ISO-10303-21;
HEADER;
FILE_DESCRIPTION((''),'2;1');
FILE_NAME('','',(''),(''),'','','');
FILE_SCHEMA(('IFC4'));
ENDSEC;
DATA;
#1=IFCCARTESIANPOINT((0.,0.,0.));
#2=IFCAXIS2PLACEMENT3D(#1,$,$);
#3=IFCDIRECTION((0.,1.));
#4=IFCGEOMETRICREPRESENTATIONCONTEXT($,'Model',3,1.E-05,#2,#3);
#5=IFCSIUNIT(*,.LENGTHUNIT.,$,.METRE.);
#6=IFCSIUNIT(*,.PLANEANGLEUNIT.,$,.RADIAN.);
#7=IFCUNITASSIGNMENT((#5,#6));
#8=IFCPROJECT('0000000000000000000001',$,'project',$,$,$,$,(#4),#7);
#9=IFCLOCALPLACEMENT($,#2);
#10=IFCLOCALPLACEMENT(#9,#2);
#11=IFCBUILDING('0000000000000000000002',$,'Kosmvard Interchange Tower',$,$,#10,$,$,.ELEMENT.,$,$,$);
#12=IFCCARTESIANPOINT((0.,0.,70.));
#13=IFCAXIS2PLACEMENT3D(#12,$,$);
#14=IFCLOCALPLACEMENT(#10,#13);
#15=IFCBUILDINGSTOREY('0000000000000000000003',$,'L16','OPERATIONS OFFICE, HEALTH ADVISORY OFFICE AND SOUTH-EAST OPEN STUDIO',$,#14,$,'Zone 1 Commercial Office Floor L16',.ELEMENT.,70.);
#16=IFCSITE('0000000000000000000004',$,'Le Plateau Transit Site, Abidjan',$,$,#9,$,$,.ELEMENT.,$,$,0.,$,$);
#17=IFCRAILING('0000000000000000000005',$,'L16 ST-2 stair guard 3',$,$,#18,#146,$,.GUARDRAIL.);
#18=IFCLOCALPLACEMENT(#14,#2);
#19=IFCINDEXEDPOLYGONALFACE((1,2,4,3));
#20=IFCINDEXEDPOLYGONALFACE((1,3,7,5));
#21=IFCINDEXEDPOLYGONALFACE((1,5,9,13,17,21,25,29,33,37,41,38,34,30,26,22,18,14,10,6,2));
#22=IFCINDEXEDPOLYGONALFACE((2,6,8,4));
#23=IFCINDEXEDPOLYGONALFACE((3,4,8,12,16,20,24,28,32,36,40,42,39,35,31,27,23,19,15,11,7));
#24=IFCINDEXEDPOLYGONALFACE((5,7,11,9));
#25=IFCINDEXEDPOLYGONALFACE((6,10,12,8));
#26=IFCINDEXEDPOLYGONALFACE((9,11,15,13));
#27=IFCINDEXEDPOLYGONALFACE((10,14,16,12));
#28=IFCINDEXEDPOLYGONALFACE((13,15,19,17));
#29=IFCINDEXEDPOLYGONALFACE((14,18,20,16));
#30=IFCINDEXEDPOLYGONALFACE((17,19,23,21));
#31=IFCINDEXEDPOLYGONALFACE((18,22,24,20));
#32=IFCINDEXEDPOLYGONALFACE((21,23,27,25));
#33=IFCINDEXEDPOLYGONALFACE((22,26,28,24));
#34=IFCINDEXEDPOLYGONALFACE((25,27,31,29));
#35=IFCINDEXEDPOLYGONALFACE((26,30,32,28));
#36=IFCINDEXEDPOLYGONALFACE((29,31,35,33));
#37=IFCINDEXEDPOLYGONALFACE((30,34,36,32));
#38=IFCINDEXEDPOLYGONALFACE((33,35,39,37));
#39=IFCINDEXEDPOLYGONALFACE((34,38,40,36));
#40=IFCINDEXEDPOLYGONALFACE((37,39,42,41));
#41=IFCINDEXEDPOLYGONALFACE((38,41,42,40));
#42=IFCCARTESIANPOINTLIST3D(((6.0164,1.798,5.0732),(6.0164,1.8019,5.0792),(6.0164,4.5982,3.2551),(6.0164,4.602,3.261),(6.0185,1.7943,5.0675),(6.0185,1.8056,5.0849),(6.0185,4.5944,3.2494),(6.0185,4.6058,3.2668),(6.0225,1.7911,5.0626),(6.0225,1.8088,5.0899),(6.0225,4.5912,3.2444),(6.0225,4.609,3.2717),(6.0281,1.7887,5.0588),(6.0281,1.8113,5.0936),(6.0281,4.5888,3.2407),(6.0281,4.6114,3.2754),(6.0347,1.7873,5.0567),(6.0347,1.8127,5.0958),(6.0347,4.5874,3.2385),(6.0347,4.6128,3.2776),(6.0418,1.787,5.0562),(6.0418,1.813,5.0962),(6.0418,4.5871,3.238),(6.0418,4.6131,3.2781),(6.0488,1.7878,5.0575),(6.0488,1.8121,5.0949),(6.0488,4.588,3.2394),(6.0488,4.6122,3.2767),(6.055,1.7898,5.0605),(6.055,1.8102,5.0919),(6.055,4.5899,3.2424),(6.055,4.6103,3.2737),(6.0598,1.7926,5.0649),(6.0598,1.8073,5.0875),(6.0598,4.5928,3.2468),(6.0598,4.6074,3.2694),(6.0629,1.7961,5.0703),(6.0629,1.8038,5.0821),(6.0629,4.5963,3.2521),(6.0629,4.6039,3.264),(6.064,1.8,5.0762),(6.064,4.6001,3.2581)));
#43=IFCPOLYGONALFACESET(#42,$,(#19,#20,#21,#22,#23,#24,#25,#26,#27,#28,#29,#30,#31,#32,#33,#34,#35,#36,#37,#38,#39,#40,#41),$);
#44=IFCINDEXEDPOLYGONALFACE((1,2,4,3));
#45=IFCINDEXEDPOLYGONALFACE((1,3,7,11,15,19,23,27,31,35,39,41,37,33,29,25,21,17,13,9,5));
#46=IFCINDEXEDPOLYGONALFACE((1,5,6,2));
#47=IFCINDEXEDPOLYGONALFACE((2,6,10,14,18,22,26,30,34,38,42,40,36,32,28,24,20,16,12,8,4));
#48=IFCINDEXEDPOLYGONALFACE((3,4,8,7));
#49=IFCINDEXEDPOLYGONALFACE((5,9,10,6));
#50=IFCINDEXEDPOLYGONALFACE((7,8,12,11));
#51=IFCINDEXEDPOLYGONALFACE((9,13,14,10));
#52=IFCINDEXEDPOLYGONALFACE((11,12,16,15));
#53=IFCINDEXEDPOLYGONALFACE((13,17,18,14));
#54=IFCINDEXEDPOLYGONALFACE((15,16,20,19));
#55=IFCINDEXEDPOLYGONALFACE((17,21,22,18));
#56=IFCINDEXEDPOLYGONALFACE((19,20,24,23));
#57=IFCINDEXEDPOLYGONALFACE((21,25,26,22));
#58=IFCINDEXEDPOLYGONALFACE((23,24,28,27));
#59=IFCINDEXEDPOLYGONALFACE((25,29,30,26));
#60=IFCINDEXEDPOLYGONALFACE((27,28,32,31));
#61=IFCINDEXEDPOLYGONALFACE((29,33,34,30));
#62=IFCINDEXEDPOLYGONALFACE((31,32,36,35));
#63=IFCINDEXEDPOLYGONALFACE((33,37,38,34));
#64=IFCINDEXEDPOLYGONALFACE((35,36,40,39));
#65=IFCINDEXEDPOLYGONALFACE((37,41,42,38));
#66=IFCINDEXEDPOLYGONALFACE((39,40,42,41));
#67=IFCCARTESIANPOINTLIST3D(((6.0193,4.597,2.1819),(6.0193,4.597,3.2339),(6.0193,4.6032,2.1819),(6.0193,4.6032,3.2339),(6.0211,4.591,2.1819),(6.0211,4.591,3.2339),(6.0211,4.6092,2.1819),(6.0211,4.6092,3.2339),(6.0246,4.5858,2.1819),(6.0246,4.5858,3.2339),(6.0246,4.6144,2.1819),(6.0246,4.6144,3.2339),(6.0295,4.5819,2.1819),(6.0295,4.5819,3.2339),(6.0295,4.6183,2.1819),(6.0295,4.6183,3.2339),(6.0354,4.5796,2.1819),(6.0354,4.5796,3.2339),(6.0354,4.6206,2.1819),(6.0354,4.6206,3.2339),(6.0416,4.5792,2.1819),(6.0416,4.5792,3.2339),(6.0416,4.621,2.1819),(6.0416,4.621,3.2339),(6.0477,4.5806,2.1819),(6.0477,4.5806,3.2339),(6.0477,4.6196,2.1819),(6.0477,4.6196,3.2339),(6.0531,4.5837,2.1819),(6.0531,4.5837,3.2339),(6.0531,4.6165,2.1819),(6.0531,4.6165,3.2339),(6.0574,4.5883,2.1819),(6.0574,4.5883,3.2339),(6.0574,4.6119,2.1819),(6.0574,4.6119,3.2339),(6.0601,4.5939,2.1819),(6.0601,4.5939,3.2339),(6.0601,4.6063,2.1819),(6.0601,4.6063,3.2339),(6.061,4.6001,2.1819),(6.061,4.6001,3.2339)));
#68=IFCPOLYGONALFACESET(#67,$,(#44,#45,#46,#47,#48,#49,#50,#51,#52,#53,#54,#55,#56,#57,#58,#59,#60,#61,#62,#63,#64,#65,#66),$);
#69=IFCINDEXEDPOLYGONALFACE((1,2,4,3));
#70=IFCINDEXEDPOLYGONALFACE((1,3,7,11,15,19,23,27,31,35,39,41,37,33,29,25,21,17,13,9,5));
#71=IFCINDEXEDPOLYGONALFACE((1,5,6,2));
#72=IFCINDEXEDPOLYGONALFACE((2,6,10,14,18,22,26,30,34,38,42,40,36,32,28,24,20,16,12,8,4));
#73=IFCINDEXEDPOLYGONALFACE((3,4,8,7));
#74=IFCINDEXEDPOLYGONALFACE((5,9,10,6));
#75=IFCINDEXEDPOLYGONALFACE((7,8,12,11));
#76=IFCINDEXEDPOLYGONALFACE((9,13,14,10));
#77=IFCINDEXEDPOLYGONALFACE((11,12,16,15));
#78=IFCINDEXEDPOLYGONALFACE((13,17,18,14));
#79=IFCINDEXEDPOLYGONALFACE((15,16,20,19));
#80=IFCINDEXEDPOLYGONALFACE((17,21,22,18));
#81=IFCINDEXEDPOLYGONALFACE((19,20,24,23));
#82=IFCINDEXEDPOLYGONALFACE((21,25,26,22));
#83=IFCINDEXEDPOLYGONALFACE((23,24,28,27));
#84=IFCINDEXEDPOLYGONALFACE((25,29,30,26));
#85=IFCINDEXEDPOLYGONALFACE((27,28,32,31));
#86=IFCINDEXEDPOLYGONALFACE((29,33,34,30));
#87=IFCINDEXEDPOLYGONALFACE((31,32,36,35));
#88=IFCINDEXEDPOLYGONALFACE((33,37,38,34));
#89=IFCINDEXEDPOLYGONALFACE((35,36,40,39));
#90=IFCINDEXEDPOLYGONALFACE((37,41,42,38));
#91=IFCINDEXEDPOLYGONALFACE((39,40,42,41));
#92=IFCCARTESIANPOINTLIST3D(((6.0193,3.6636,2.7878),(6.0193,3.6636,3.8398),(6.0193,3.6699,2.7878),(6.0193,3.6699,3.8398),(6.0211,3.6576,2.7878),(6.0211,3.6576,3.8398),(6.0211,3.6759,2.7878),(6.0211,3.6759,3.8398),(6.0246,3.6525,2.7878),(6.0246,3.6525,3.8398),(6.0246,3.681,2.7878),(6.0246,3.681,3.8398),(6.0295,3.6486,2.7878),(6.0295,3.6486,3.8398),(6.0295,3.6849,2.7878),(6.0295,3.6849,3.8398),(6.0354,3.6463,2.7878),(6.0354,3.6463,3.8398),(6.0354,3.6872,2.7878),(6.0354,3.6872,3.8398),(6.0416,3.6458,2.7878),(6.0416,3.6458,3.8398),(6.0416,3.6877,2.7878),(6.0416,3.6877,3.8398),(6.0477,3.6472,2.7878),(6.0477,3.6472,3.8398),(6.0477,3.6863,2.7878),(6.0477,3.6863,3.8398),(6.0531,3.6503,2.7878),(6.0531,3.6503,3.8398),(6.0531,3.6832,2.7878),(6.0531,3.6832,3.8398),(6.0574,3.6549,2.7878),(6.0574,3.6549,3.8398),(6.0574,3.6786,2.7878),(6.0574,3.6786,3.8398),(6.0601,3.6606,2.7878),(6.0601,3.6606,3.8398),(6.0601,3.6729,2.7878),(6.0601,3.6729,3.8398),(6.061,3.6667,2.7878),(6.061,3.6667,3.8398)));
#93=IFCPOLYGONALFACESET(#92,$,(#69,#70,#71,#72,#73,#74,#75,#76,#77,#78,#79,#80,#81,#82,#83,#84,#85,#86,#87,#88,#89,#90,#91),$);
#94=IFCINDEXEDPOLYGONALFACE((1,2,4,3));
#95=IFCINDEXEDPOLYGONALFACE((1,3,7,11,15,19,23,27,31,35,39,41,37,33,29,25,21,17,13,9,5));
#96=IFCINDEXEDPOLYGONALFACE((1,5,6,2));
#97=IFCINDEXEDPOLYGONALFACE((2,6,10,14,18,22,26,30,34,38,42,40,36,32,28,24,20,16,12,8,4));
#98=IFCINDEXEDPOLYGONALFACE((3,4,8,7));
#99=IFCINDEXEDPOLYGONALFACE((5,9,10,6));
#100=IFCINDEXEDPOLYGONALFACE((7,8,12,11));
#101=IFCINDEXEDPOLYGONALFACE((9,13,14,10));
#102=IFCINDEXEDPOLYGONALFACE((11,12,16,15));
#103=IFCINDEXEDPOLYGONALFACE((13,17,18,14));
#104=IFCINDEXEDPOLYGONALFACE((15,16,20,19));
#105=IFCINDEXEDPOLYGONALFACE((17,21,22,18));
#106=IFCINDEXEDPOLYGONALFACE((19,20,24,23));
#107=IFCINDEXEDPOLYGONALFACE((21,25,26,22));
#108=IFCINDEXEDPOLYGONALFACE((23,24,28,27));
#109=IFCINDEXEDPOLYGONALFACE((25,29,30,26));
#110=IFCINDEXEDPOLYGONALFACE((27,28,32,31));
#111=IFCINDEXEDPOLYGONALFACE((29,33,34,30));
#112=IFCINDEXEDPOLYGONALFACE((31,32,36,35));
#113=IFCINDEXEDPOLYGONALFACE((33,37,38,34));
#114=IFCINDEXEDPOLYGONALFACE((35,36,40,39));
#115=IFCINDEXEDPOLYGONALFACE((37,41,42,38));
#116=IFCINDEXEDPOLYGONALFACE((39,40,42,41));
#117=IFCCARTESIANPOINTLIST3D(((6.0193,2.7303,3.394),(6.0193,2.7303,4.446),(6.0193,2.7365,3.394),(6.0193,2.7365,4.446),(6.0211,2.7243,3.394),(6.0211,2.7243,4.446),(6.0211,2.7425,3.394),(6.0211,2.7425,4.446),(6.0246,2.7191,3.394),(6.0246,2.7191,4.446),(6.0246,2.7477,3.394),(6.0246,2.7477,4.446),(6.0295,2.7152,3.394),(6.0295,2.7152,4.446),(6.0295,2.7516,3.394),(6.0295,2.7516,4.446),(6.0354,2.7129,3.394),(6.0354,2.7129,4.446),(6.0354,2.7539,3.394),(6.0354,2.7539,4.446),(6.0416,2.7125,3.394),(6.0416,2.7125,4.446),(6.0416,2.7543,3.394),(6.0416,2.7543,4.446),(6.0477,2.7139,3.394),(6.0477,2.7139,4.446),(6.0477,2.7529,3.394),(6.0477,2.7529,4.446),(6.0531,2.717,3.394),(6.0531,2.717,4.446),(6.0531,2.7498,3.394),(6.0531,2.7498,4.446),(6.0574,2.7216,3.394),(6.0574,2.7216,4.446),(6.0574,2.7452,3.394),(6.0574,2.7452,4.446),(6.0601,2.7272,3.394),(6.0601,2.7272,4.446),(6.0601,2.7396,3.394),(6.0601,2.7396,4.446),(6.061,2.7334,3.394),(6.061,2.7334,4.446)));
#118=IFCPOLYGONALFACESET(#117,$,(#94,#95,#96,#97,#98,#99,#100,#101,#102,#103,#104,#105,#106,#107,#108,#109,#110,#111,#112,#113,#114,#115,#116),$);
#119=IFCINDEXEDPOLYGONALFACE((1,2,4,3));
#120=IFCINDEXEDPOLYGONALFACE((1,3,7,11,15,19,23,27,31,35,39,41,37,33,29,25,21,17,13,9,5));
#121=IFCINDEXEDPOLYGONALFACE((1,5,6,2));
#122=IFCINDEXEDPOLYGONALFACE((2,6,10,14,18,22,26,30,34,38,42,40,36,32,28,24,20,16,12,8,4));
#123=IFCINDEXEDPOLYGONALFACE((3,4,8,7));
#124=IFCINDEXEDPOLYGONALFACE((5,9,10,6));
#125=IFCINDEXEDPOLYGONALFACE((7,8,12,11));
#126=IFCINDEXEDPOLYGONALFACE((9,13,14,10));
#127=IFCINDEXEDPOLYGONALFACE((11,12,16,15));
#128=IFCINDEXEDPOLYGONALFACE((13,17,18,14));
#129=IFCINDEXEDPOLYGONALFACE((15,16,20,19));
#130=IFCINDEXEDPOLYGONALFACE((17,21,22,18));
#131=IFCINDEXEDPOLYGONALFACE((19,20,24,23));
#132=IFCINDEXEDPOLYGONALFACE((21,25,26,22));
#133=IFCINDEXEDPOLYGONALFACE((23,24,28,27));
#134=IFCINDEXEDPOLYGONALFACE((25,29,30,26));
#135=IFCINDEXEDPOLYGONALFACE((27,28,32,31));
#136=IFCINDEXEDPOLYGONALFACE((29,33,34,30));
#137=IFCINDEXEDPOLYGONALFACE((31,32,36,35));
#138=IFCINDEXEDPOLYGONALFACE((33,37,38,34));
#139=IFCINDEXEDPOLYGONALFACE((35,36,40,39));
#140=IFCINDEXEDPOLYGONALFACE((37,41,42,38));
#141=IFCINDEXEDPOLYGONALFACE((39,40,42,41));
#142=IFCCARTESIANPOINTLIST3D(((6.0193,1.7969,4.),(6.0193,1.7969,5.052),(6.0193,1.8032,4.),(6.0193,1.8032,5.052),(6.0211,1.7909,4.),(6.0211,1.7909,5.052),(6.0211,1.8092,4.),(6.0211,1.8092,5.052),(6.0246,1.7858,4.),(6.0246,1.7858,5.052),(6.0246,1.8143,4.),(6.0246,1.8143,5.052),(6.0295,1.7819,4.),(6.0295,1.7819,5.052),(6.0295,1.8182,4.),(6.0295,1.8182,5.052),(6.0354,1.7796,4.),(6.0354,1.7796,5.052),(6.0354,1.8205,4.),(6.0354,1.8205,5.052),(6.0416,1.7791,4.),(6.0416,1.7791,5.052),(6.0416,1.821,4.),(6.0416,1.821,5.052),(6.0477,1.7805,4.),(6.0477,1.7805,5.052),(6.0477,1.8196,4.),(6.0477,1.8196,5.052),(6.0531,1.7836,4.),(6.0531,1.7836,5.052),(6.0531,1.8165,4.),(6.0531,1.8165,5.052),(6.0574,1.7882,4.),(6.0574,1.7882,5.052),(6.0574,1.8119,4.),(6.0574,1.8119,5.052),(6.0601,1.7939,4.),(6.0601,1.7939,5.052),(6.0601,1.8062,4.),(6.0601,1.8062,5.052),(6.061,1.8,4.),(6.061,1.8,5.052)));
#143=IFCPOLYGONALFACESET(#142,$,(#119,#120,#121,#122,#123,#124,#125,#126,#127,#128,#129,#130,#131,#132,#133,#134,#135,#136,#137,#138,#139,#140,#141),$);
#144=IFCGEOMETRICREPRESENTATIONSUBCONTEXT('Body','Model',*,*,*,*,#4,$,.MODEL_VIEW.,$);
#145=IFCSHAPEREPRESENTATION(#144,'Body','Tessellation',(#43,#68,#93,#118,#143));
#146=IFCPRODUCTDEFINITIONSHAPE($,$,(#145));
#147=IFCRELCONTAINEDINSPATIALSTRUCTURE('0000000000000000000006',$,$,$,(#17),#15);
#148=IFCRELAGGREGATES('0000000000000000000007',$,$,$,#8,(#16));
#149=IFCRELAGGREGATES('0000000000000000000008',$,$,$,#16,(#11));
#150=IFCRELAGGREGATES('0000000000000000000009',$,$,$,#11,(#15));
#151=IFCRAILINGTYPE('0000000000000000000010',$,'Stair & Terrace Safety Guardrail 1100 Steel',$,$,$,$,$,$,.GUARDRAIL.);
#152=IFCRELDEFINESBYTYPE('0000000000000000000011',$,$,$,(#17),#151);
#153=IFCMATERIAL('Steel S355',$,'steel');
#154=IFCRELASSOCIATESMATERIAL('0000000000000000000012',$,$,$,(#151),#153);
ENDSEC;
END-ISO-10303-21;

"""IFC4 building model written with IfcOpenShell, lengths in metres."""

from ifc_helpers import new_model, si_unit, direction, frame, origin, origin_2d, place, context, subcontext, project, spatial, circle, extrude, source, transform, mapped, material, type_object, element, save


model = new_model("IFC4")

# Units and contexts
model_context = context("Model", 3, precision=1e-05, world=origin(), true_north=direction((0.0, 1.0)))
body_context = subcontext(model_context, "Body", "Model", "MODEL_VIEW")
ifc_project = project(units=[si_unit("LENGTHUNIT", "METRE"), si_unit("PLANEANGLEUNIT", "RADIAN")], contexts=[model_context])

# Site, building, storey
site_placement = place(None, origin())
site = spatial("IfcSite", under=ifc_project, at=site_placement, Name="Le Plateau Transit Site, Abidjan", CompositionType="ELEMENT", RefElevation=0.0)
building_placement = place(site_placement, origin())
building = spatial("IfcBuilding", under=site, at=building_placement, Name="Kosmvard Interchange Tower", CompositionType="ELEMENT")
storey_placement = place(building_placement, frame((0.0, 0.0, 70.0)))
storey = spatial("IfcBuildingStorey", under=building, at=storey_placement, Name="L16", Description="OPERATIONS OFFICE, HEALTH ADVISORY OFFICE AND SOUTH-EAST OPEN STUDIO", LongName="Zone 1 Commercial Office Floor L16", CompositionType="ELEMENT", Elevation=70.0)

# Shared definitions
ifc_material_1 = material(Name="Steel S355", Category="steel")

# Railing
railing_type_1 = type_object("IfcRailingType", Name="Stair & Terrace Safety Guardrail 1100 Steel", PredefinedType="GUARDRAIL", material=ifc_material_1)
shared_shape_1 = source(origin(), body_context, "Body", "SweptSolid", [
    extrude(circle(Radius=0.0239, at=origin_2d()), frame((0.0, 0.0, 1.0762), z_axis=(0.0, -0.838706, 0.544585), x_axis=(1.0, 0.0, 0.0)), (0.0, 0.0, 1.0), 3.3386),
    extrude(circle(Radius=0.021, at=origin_2d()), origin(), (0.0, 0.0, 1.0), 1.052),
    extrude(circle(Radius=0.021, at=origin_2d()), frame((0.0, -0.9333, 0.606)), (0.0, 0.0, 1.0), 1.052),
    extrude(circle(Radius=0.021, at=origin_2d()), frame((0.0, -1.8667, 1.2122)), (0.0, 0.0, 1.0), 1.052),
    extrude(circle(Radius=0.021, at=origin_2d()), frame((0.0, -2.8, 1.8181)), (0.0, 0.0, 1.0), 1.052),
])
railing_1_placement = place(storey_placement, frame((6.04, 4.6001, 2.1819)))
element("IfcRailing", 1, at=railing_1_placement, inside=storey, type_object=railing_type_1, Name="L16 ST-2 stair guard 3", PredefinedType="GUARDRAIL", context=body_context, shape_type="MappedRepresentation", body=[
    mapped(shared_shape_1, transform((0.0, 0.0, 0.0), scale=1.0)),
])

save(model, "model.ifc")
